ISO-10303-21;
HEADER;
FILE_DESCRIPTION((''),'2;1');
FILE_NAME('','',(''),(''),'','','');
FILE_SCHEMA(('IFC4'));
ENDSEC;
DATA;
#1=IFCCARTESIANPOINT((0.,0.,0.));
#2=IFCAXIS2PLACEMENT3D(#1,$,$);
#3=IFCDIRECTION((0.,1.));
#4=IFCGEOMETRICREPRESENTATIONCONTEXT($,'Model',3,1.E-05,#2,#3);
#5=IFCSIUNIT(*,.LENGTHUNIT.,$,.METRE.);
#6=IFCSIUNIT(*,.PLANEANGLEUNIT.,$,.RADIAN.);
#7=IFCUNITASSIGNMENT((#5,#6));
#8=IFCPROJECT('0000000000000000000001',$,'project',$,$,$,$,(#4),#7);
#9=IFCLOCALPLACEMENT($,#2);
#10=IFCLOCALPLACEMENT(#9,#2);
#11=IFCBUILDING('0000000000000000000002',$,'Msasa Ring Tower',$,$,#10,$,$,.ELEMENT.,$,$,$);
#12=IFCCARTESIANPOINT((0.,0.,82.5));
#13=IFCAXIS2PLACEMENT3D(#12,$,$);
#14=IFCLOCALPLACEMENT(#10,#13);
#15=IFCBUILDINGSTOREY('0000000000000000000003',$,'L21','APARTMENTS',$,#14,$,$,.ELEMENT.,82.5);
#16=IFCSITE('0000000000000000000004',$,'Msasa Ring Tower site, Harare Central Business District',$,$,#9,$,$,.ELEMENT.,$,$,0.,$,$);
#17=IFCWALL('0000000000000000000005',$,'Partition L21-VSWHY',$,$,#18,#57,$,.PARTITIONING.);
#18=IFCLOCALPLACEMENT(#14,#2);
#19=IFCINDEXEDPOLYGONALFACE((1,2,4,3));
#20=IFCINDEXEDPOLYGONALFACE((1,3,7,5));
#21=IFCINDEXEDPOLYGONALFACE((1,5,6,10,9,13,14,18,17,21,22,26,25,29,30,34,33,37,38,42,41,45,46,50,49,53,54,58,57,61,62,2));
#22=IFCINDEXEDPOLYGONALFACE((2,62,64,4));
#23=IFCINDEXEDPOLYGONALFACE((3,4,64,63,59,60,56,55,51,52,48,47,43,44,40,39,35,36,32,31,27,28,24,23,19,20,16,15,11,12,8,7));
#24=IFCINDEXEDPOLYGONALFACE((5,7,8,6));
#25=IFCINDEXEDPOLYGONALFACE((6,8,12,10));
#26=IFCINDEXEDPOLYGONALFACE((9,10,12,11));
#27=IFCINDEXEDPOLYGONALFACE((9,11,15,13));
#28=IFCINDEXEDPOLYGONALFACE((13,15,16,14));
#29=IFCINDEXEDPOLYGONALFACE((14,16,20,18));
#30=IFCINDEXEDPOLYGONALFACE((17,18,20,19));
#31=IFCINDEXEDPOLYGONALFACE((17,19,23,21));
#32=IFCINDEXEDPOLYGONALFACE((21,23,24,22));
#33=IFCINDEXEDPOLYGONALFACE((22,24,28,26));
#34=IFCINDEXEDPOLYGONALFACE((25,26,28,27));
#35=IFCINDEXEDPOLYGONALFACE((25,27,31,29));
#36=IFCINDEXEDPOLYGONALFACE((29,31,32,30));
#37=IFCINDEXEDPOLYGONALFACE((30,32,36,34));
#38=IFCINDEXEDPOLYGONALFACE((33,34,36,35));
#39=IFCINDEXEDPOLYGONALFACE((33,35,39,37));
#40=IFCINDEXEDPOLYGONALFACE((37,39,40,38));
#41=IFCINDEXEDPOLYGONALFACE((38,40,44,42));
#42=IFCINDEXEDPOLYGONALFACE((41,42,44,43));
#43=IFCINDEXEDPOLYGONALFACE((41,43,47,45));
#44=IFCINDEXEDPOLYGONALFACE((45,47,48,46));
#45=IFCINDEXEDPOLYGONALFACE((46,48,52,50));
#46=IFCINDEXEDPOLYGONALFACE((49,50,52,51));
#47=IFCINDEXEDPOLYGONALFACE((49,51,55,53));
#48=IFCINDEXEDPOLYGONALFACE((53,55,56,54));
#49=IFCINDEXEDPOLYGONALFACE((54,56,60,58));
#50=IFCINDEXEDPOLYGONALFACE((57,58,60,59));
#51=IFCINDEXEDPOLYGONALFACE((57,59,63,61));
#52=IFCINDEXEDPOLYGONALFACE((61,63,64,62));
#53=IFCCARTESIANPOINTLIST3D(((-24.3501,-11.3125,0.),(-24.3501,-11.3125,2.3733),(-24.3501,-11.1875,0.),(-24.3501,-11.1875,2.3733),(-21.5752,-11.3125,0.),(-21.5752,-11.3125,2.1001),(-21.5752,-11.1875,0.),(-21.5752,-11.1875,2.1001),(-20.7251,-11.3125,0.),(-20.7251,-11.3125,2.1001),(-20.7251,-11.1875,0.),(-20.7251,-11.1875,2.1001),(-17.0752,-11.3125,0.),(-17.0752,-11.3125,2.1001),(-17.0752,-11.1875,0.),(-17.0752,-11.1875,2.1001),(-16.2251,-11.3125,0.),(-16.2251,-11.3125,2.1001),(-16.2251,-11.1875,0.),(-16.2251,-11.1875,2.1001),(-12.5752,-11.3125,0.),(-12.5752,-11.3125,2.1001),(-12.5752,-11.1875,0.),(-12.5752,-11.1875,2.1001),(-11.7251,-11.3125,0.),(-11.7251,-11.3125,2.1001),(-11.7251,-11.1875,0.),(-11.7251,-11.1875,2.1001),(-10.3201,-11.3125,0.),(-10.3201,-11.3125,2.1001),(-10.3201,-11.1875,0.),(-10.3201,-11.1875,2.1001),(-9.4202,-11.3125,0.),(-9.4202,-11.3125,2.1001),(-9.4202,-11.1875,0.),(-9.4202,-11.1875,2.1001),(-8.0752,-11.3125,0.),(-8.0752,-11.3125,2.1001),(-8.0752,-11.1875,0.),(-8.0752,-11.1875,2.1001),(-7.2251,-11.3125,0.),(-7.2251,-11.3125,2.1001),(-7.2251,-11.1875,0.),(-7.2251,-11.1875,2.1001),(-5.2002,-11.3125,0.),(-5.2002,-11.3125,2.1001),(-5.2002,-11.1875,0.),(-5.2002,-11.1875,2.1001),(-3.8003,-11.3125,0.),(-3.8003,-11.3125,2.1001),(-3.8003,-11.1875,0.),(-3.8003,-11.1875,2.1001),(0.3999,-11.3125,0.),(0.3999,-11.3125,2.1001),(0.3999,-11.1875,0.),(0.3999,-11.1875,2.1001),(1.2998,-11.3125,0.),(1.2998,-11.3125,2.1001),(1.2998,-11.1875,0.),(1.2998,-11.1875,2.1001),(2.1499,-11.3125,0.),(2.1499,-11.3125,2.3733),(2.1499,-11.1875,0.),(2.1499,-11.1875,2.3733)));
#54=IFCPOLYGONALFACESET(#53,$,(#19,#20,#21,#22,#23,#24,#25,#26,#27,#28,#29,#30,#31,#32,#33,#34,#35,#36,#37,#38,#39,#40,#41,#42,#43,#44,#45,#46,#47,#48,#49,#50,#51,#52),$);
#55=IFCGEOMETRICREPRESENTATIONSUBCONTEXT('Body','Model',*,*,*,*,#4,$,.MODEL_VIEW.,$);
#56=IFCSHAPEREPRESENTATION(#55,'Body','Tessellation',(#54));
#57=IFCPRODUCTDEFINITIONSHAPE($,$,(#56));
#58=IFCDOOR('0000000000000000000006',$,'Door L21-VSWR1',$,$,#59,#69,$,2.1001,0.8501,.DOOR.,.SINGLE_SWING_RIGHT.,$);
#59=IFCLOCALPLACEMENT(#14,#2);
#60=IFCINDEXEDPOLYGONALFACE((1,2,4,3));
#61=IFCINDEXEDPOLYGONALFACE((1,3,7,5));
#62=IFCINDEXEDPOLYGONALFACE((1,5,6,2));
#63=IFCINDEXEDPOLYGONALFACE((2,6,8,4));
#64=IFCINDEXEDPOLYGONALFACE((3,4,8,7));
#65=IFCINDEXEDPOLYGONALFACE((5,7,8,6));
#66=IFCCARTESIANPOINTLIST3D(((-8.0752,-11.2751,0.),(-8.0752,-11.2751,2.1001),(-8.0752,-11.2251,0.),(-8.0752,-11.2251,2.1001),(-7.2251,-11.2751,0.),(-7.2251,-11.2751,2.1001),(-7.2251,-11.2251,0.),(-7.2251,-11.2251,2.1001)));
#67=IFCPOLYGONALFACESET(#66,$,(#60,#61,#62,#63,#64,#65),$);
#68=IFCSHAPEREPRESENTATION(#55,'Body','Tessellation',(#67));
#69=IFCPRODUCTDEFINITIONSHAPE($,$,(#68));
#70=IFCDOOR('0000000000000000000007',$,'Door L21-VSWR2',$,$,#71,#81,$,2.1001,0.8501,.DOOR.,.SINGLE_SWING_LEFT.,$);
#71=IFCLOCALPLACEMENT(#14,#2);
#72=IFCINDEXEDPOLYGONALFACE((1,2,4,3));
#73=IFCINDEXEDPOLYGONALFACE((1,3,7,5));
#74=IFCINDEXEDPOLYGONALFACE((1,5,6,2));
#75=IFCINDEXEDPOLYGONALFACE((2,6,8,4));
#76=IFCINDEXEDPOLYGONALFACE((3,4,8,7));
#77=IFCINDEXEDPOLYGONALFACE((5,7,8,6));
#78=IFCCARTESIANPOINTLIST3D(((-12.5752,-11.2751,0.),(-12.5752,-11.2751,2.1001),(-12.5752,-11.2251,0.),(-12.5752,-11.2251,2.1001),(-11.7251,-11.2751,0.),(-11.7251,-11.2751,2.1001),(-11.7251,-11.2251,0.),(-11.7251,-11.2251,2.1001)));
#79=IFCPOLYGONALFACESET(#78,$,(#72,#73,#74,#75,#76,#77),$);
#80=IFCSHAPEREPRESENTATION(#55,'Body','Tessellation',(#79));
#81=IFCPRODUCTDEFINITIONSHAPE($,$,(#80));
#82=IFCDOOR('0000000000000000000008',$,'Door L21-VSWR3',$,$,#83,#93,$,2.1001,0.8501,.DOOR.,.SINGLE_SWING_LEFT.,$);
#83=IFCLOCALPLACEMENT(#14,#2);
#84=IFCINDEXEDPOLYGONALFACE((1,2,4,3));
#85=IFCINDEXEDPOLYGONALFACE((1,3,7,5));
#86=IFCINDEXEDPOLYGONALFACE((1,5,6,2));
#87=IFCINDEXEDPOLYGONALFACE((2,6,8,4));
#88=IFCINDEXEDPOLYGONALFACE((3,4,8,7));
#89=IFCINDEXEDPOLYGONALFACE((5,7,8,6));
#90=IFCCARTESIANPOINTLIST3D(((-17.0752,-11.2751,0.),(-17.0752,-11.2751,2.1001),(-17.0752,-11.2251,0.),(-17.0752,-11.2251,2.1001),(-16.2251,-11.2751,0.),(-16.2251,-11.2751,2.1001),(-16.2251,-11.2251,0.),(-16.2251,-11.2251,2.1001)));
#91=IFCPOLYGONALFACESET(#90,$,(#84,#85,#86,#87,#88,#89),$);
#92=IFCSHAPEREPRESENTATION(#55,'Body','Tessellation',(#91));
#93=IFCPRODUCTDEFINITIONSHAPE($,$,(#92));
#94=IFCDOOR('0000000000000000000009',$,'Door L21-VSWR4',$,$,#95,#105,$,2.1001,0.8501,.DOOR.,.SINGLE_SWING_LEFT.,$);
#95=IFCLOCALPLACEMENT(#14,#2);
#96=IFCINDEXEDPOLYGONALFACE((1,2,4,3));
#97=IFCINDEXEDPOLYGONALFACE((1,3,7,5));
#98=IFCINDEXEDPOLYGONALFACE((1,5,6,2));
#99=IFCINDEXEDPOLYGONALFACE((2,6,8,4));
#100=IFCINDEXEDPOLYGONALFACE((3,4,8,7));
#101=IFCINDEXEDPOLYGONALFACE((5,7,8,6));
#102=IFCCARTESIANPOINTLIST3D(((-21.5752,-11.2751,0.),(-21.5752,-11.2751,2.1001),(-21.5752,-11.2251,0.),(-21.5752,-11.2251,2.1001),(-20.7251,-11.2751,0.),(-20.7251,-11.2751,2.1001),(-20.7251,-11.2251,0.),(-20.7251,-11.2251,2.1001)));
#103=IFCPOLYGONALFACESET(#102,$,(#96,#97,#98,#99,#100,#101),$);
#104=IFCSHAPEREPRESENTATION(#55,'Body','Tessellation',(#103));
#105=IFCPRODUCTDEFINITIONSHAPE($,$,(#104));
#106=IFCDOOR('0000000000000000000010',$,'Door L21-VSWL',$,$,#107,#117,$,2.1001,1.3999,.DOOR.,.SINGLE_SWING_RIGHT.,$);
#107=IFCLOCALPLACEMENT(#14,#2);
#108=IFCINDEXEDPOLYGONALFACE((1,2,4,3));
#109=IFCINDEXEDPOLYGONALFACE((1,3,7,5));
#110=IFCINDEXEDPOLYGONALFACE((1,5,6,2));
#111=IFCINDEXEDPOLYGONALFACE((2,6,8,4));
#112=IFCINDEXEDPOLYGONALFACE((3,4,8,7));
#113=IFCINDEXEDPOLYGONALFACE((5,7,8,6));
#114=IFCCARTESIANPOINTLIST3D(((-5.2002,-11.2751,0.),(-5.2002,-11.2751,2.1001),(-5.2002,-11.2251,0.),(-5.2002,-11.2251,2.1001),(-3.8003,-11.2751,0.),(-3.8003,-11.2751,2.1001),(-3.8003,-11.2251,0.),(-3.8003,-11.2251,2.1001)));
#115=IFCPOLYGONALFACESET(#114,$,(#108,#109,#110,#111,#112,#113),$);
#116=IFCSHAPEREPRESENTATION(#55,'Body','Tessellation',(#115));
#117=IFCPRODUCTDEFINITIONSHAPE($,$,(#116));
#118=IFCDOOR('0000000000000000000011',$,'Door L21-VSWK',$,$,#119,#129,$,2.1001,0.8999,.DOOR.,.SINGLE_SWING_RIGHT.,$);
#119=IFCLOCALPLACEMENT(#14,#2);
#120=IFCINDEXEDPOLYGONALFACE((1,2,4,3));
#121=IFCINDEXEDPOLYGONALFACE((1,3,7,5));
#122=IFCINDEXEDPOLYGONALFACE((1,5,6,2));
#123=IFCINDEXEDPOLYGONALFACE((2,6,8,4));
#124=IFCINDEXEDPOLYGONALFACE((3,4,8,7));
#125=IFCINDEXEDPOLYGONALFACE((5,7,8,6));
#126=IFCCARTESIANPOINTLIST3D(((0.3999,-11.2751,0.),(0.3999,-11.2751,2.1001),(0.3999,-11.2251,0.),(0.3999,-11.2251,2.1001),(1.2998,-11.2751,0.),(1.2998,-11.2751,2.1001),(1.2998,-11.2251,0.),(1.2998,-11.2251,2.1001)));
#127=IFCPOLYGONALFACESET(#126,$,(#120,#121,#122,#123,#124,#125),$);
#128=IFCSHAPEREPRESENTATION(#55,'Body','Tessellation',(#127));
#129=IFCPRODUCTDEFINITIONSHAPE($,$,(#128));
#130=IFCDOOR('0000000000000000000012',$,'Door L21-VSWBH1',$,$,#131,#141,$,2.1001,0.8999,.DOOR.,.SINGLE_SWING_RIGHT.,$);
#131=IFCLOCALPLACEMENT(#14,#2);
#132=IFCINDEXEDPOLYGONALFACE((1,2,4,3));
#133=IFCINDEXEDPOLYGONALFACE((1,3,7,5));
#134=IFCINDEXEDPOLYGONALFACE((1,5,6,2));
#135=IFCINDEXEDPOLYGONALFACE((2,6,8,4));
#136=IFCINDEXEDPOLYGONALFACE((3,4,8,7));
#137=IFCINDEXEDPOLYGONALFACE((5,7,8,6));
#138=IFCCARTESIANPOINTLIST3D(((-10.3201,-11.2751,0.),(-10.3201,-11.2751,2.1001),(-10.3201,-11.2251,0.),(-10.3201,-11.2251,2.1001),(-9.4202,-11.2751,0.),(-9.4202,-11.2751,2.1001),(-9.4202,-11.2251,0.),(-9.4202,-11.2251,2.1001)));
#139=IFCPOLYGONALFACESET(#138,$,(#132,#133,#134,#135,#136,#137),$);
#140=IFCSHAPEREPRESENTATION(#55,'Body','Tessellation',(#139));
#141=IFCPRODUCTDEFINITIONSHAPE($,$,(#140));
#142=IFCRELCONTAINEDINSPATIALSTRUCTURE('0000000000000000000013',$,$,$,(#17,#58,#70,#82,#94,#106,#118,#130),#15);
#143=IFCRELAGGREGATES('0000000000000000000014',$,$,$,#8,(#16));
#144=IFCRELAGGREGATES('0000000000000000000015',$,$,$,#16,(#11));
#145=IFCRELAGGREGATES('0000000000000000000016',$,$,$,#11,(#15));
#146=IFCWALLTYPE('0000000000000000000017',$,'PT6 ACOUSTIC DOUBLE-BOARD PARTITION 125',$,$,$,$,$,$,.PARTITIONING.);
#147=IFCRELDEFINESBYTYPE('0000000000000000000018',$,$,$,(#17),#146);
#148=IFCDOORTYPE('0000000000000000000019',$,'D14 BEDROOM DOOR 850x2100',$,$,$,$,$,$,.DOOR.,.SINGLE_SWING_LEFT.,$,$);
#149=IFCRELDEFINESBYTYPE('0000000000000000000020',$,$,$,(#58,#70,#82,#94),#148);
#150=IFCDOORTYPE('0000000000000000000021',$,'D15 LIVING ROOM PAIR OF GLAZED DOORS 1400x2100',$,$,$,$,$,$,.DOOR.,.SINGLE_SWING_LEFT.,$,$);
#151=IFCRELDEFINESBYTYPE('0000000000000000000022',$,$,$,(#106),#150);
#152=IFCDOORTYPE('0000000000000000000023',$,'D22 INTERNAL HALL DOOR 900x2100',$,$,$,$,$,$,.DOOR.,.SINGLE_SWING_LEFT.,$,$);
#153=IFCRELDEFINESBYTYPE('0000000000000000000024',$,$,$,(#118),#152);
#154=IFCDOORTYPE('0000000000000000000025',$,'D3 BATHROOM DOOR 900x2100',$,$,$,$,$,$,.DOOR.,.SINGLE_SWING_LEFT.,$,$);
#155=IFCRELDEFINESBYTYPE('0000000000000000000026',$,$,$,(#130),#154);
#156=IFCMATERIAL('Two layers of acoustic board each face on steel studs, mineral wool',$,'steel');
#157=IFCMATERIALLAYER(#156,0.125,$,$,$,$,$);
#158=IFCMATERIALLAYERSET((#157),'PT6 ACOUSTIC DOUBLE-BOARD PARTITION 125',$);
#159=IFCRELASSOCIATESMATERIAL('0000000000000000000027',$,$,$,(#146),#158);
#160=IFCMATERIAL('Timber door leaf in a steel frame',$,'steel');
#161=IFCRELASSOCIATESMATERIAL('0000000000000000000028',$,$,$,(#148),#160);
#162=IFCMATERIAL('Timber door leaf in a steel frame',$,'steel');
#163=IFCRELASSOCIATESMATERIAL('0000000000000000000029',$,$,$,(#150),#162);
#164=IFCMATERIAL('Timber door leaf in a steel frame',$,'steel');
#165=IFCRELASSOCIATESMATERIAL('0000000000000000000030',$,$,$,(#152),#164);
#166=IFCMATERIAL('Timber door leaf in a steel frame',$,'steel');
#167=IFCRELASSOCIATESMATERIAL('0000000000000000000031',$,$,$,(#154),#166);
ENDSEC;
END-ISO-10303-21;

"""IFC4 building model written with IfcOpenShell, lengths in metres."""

from ifc_helpers import new_model, si_unit, direction, frame, frame_2d, origin, place, context, subcontext, project, spatial, rectangle, extrude, material, layer, layer_set, type_object, element, fill, save


model = new_model("IFC4")

# Units and contexts
model_context = context("Model", 3, precision=1e-05, world=origin(), true_north=direction((0.0, 1.0)))
body_context = subcontext(model_context, "Body", "Model", "MODEL_VIEW")
ifc_project = project(units=[si_unit("LENGTHUNIT", "METRE"), si_unit("PLANEANGLEUNIT", "RADIAN")], contexts=[model_context])

# Site, building, storey
site_placement = place(None, origin())
site = spatial("IfcSite", under=ifc_project, at=site_placement, Name="Msasa Ring Tower site, Harare Central Business District", CompositionType="ELEMENT", RefElevation=0.0)
building_placement = place(site_placement, origin())
building = spatial("IfcBuilding", under=site, at=building_placement, Name="Msasa Ring Tower", CompositionType="ELEMENT")
storey_placement = place(building_placement, frame((0.0, 0.0, 82.5)))
storey = spatial("IfcBuildingStorey", under=building, at=storey_placement, Name="L21", Description="APARTMENTS", CompositionType="ELEMENT", Elevation=82.5)

# Wall, openings, doors
ifc_material_1 = material(Name="Two layers of acoustic board each face on steel studs, mineral wool", Category="steel")
ifc_layer_1 = layer(ifc_material_1, 0.125)
ifc_layer_set_1 = layer_set([ifc_layer_1], Name="PT6 ACOUSTIC DOUBLE-BOARD PARTITION 125")
wall_type_1 = type_object("IfcWallType", Name="PT6 ACOUSTIC DOUBLE-BOARD PARTITION 125", PredefinedType="PARTITIONING", material=ifc_layer_set_1)
wall_1_placement = place(storey_placement, frame((-24.3501, -11.25, 0.0), z_axis=(0.0, 0.0, 1.0), x_axis=(1.0, 0.0, 0.0)))
wall_1 = element("IfcWall", 1, at=wall_1_placement, inside=storey, type_object=wall_type_1, Name="Partition L21-VSWHY", PredefinedType="PARTITIONING", context=body_context, shape_type="SweptSolid", body=[
    extrude(rectangle(XDim=26.5, YDim=0.125, at=frame_2d((13.25, 0.0))), origin(), (0.0, 0.0, 1.0), 2.3733),
])
opening_1_placement = place(wall_1_placement, frame((24.75, 0.0, 0.0)))
opening_1 = element("IfcOpeningElement", 2, at=opening_1_placement, cuts=wall_1, PredefinedType="OPENING", context=body_context, shape_type="SweptSolid", body=[
    extrude(rectangle(XDim=0.8999, YDim=2.1001, at=frame_2d((0.45, 1.05))), frame((0.0, 0.0725, 0.0), z_axis=(0.0, -1.0, 0.0), x_axis=(1.0, 0.0, 0.0)), (0.0, 0.0, 1.0), 0.145),
])
opening_2_placement = place(wall_1_placement, frame((19.1499, 0.0, 0.0)))
opening_2 = element("IfcOpeningElement", 3, at=opening_2_placement, cuts=wall_1, PredefinedType="OPENING", context=body_context, shape_type="SweptSolid", body=[
    extrude(rectangle(XDim=1.3999, YDim=2.1001, at=frame_2d((0.7, 1.05))), frame((0.0, 0.0725, 0.0), z_axis=(0.0, -1.0, 0.0), x_axis=(1.0, 0.0, 0.0)), (0.0, 0.0, 1.0), 0.145),
])
opening_3_placement = place(wall_1_placement, frame((16.2749, 0.0, 0.0)))
opening_3 = element("IfcOpeningElement", 4, at=opening_3_placement, cuts=wall_1, PredefinedType="OPENING", context=body_context, shape_type="SweptSolid", body=[
    extrude(rectangle(XDim=0.8501, YDim=2.1001, at=frame_2d((0.425, 1.05))), frame((0.0, 0.0725, 0.0), z_axis=(0.0, -1.0, 0.0), x_axis=(1.0, 0.0, 0.0)), (0.0, 0.0, 1.0), 0.145),
])
opening_4_placement = place(wall_1_placement, frame((14.03, 0.0, 0.0)))
opening_4 = element("IfcOpeningElement", 5, at=opening_4_placement, cuts=wall_1, PredefinedType="OPENING", context=body_context, shape_type="SweptSolid", body=[
    extrude(rectangle(XDim=0.8999, YDim=2.1001, at=frame_2d((0.45, 1.05))), frame((0.0, 0.0725, 0.0), z_axis=(0.0, -1.0, 0.0), x_axis=(1.0, 0.0, 0.0)), (0.0, 0.0, 1.0), 0.145),
])
opening_5_placement = place(wall_1_placement, frame((11.7749, 0.0, 0.0)))
opening_5 = element("IfcOpeningElement", 6, at=opening_5_placement, cuts=wall_1, PredefinedType="OPENING", context=body_context, shape_type="SweptSolid", body=[
    extrude(rectangle(XDim=0.8501, YDim=2.1001, at=frame_2d((0.425, 1.05))), frame((0.0, 0.0725, 0.0), z_axis=(0.0, -1.0, 0.0), x_axis=(1.0, 0.0, 0.0)), (0.0, 0.0, 1.0), 0.145),
])
opening_6_placement = place(wall_1_placement, frame((7.2749, 0.0, 0.0)))
opening_6 = element("IfcOpeningElement", 7, at=opening_6_placement, cuts=wall_1, PredefinedType="OPENING", context=body_context, shape_type="SweptSolid", body=[
    extrude(rectangle(XDim=0.8501, YDim=2.1001, at=frame_2d((0.425, 1.05))), frame((0.0, 0.0725, 0.0), z_axis=(0.0, -1.0, 0.0), x_axis=(1.0, 0.0, 0.0)), (0.0, 0.0, 1.0), 0.145),
])
opening_7_placement = place(wall_1_placement, frame((2.7749, 0.0, 0.0)))
opening_7 = element("IfcOpeningElement", 8, at=opening_7_placement, cuts=wall_1, PredefinedType="OPENING", context=body_context, shape_type="SweptSolid", body=[
    extrude(rectangle(XDim=0.8501, YDim=2.1001, at=frame_2d((0.425, 1.05))), frame((0.0, 0.0725, 0.0), z_axis=(0.0, -1.0, 0.0), x_axis=(1.0, 0.0, 0.0)), (0.0, 0.0, 1.0), 0.145),
])
ifc_material_2 = material(Name="Timber door leaf in a steel frame", Category="steel")
door_type_1 = type_object("IfcDoorType", Name="D14 BEDROOM DOOR 850x2100", OperationType="SINGLE_SWING_LEFT", PredefinedType="DOOR", material=ifc_material_2)
door_1_placement = place(opening_3_placement, origin())
door_1 = element("IfcDoor", 9, at=door_1_placement, inside=storey, type_object=door_type_1, Name="Door L21-VSWR1", OperationType="SINGLE_SWING_RIGHT", OverallHeight=2.1001, OverallWidth=0.8501, PredefinedType="DOOR", context=body_context, shape_type="SweptSolid", body=[
    extrude(rectangle(XDim=0.8501, YDim=2.1001, at=frame_2d((0.425, 1.05))), frame((0.0, 0.0249, 0.0), z_axis=(0.0, -1.0, 0.0), x_axis=(1.0, 0.0, 0.0)), (0.0, 0.0, 1.0), 0.05),
])
fill(opening_3, door_1)
door_2_placement = place(opening_5_placement, origin())
door_2 = element("IfcDoor", 10, at=door_2_placement, inside=storey, type_object=door_type_1, Name="Door L21-VSWR2", OperationType="SINGLE_SWING_LEFT", OverallHeight=2.1001, OverallWidth=0.8501, PredefinedType="DOOR", context=body_context, shape_type="SweptSolid", body=[
    extrude(rectangle(XDim=0.8501, YDim=2.1001, at=frame_2d((0.425, 1.05))), frame((0.0, 0.0249, 0.0), z_axis=(0.0, -1.0, 0.0), x_axis=(1.0, 0.0, 0.0)), (0.0, 0.0, 1.0), 0.05),
])
fill(opening_5, door_2)
door_3_placement = place(opening_6_placement, origin())
door_3 = element("IfcDoor", 11, at=door_3_placement, inside=storey, type_object=door_type_1, Name="Door L21-VSWR3", OperationType="SINGLE_SWING_LEFT", OverallHeight=2.1001, OverallWidth=0.8501, PredefinedType="DOOR", context=body_context, shape_type="SweptSolid", body=[
    extrude(rectangle(XDim=0.8501, YDim=2.1001, at=frame_2d((0.425, 1.05))), frame((0.0, 0.0249, 0.0), z_axis=(0.0, -1.0, 0.0), x_axis=(1.0, 0.0, 0.0)), (0.0, 0.0, 1.0), 0.05),
])
fill(opening_6, door_3)
door_4_placement = place(opening_7_placement, origin())
door_4 = element("IfcDoor", 12, at=door_4_placement, inside=storey, type_object=door_type_1, Name="Door L21-VSWR4", OperationType="SINGLE_SWING_LEFT", OverallHeight=2.1001, OverallWidth=0.8501, PredefinedType="DOOR", context=body_context, shape_type="SweptSolid", body=[
    extrude(rectangle(XDim=0.8501, YDim=2.1001, at=frame_2d((0.425, 1.05))), frame((0.0, 0.0249, 0.0), z_axis=(0.0, -1.0, 0.0), x_axis=(1.0, 0.0, 0.0)), (0.0, 0.0, 1.0), 0.05),
])
fill(opening_7, door_4)
ifc_material_3 = material(Name="Timber door leaf in a steel frame", Category="steel")
door_type_2 = type_object("IfcDoorType", Name="D15 LIVING ROOM PAIR OF GLAZED DOORS 1400x2100", OperationType="SINGLE_SWING_LEFT", PredefinedType="DOOR", material=ifc_material_3)
door_5_placement = place(opening_2_placement, origin())
door_5 = element("IfcDoor", 13, at=door_5_placement, inside=storey, type_object=door_type_2, Name="Door L21-VSWL", OperationType="SINGLE_SWING_RIGHT", OverallHeight=2.1001, OverallWidth=1.3999, PredefinedType="DOOR", context=body_context, shape_type="SweptSolid", body=[
    extrude(rectangle(XDim=1.3999, YDim=2.1001, at=frame_2d((0.7, 1.05))), frame((0.0, 0.0249, 0.0), z_axis=(0.0, -1.0, 0.0), x_axis=(1.0, 0.0, 0.0)), (0.0, 0.0, 1.0), 0.05),
])
fill(opening_2, door_5)
ifc_material_4 = material(Name="Timber door leaf in a steel frame", Category="steel")
door_type_3 = type_object("IfcDoorType", Name="D22 INTERNAL HALL DOOR 900x2100", OperationType="SINGLE_SWING_LEFT", PredefinedType="DOOR", material=ifc_material_4)
door_6_placement = place(opening_1_placement, origin())
door_6 = element("IfcDoor", 14, at=door_6_placement, inside=storey, type_object=door_type_3, Name="Door L21-VSWK", OperationType="SINGLE_SWING_RIGHT", OverallHeight=2.1001, OverallWidth=0.8999, PredefinedType="DOOR", context=body_context, shape_type="SweptSolid", body=[
    extrude(rectangle(XDim=0.8999, YDim=2.1001, at=frame_2d((0.45, 1.05))), frame((0.0, 0.0249, 0.0), z_axis=(0.0, -1.0, 0.0), x_axis=(1.0, 0.0, 0.0)), (0.0, 0.0, 1.0), 0.05),
])
fill(opening_1, door_6)
ifc_material_5 = material(Name="Timber door leaf in a steel frame", Category="steel")
door_type_4 = type_object("IfcDoorType", Name="D3 BATHROOM DOOR 900x2100", OperationType="SINGLE_SWING_LEFT", PredefinedType="DOOR", material=ifc_material_5)
door_7_placement = place(opening_4_placement, origin())
door_7 = element("IfcDoor", 15, at=door_7_placement, inside=storey, type_object=door_type_4, Name="Door L21-VSWBH1", OperationType="SINGLE_SWING_RIGHT", OverallHeight=2.1001, OverallWidth=0.8999, PredefinedType="DOOR", context=body_context, shape_type="SweptSolid", body=[
    extrude(rectangle(XDim=0.8999, YDim=2.1001, at=frame_2d((0.45, 1.05))), frame((0.0, 0.0249, 0.0), z_axis=(0.0, -1.0, 0.0), x_axis=(1.0, 0.0, 0.0)), (0.0, 0.0, 1.0), 0.05),
])
fill(opening_4, door_7)

save(model, "model.ifc")
